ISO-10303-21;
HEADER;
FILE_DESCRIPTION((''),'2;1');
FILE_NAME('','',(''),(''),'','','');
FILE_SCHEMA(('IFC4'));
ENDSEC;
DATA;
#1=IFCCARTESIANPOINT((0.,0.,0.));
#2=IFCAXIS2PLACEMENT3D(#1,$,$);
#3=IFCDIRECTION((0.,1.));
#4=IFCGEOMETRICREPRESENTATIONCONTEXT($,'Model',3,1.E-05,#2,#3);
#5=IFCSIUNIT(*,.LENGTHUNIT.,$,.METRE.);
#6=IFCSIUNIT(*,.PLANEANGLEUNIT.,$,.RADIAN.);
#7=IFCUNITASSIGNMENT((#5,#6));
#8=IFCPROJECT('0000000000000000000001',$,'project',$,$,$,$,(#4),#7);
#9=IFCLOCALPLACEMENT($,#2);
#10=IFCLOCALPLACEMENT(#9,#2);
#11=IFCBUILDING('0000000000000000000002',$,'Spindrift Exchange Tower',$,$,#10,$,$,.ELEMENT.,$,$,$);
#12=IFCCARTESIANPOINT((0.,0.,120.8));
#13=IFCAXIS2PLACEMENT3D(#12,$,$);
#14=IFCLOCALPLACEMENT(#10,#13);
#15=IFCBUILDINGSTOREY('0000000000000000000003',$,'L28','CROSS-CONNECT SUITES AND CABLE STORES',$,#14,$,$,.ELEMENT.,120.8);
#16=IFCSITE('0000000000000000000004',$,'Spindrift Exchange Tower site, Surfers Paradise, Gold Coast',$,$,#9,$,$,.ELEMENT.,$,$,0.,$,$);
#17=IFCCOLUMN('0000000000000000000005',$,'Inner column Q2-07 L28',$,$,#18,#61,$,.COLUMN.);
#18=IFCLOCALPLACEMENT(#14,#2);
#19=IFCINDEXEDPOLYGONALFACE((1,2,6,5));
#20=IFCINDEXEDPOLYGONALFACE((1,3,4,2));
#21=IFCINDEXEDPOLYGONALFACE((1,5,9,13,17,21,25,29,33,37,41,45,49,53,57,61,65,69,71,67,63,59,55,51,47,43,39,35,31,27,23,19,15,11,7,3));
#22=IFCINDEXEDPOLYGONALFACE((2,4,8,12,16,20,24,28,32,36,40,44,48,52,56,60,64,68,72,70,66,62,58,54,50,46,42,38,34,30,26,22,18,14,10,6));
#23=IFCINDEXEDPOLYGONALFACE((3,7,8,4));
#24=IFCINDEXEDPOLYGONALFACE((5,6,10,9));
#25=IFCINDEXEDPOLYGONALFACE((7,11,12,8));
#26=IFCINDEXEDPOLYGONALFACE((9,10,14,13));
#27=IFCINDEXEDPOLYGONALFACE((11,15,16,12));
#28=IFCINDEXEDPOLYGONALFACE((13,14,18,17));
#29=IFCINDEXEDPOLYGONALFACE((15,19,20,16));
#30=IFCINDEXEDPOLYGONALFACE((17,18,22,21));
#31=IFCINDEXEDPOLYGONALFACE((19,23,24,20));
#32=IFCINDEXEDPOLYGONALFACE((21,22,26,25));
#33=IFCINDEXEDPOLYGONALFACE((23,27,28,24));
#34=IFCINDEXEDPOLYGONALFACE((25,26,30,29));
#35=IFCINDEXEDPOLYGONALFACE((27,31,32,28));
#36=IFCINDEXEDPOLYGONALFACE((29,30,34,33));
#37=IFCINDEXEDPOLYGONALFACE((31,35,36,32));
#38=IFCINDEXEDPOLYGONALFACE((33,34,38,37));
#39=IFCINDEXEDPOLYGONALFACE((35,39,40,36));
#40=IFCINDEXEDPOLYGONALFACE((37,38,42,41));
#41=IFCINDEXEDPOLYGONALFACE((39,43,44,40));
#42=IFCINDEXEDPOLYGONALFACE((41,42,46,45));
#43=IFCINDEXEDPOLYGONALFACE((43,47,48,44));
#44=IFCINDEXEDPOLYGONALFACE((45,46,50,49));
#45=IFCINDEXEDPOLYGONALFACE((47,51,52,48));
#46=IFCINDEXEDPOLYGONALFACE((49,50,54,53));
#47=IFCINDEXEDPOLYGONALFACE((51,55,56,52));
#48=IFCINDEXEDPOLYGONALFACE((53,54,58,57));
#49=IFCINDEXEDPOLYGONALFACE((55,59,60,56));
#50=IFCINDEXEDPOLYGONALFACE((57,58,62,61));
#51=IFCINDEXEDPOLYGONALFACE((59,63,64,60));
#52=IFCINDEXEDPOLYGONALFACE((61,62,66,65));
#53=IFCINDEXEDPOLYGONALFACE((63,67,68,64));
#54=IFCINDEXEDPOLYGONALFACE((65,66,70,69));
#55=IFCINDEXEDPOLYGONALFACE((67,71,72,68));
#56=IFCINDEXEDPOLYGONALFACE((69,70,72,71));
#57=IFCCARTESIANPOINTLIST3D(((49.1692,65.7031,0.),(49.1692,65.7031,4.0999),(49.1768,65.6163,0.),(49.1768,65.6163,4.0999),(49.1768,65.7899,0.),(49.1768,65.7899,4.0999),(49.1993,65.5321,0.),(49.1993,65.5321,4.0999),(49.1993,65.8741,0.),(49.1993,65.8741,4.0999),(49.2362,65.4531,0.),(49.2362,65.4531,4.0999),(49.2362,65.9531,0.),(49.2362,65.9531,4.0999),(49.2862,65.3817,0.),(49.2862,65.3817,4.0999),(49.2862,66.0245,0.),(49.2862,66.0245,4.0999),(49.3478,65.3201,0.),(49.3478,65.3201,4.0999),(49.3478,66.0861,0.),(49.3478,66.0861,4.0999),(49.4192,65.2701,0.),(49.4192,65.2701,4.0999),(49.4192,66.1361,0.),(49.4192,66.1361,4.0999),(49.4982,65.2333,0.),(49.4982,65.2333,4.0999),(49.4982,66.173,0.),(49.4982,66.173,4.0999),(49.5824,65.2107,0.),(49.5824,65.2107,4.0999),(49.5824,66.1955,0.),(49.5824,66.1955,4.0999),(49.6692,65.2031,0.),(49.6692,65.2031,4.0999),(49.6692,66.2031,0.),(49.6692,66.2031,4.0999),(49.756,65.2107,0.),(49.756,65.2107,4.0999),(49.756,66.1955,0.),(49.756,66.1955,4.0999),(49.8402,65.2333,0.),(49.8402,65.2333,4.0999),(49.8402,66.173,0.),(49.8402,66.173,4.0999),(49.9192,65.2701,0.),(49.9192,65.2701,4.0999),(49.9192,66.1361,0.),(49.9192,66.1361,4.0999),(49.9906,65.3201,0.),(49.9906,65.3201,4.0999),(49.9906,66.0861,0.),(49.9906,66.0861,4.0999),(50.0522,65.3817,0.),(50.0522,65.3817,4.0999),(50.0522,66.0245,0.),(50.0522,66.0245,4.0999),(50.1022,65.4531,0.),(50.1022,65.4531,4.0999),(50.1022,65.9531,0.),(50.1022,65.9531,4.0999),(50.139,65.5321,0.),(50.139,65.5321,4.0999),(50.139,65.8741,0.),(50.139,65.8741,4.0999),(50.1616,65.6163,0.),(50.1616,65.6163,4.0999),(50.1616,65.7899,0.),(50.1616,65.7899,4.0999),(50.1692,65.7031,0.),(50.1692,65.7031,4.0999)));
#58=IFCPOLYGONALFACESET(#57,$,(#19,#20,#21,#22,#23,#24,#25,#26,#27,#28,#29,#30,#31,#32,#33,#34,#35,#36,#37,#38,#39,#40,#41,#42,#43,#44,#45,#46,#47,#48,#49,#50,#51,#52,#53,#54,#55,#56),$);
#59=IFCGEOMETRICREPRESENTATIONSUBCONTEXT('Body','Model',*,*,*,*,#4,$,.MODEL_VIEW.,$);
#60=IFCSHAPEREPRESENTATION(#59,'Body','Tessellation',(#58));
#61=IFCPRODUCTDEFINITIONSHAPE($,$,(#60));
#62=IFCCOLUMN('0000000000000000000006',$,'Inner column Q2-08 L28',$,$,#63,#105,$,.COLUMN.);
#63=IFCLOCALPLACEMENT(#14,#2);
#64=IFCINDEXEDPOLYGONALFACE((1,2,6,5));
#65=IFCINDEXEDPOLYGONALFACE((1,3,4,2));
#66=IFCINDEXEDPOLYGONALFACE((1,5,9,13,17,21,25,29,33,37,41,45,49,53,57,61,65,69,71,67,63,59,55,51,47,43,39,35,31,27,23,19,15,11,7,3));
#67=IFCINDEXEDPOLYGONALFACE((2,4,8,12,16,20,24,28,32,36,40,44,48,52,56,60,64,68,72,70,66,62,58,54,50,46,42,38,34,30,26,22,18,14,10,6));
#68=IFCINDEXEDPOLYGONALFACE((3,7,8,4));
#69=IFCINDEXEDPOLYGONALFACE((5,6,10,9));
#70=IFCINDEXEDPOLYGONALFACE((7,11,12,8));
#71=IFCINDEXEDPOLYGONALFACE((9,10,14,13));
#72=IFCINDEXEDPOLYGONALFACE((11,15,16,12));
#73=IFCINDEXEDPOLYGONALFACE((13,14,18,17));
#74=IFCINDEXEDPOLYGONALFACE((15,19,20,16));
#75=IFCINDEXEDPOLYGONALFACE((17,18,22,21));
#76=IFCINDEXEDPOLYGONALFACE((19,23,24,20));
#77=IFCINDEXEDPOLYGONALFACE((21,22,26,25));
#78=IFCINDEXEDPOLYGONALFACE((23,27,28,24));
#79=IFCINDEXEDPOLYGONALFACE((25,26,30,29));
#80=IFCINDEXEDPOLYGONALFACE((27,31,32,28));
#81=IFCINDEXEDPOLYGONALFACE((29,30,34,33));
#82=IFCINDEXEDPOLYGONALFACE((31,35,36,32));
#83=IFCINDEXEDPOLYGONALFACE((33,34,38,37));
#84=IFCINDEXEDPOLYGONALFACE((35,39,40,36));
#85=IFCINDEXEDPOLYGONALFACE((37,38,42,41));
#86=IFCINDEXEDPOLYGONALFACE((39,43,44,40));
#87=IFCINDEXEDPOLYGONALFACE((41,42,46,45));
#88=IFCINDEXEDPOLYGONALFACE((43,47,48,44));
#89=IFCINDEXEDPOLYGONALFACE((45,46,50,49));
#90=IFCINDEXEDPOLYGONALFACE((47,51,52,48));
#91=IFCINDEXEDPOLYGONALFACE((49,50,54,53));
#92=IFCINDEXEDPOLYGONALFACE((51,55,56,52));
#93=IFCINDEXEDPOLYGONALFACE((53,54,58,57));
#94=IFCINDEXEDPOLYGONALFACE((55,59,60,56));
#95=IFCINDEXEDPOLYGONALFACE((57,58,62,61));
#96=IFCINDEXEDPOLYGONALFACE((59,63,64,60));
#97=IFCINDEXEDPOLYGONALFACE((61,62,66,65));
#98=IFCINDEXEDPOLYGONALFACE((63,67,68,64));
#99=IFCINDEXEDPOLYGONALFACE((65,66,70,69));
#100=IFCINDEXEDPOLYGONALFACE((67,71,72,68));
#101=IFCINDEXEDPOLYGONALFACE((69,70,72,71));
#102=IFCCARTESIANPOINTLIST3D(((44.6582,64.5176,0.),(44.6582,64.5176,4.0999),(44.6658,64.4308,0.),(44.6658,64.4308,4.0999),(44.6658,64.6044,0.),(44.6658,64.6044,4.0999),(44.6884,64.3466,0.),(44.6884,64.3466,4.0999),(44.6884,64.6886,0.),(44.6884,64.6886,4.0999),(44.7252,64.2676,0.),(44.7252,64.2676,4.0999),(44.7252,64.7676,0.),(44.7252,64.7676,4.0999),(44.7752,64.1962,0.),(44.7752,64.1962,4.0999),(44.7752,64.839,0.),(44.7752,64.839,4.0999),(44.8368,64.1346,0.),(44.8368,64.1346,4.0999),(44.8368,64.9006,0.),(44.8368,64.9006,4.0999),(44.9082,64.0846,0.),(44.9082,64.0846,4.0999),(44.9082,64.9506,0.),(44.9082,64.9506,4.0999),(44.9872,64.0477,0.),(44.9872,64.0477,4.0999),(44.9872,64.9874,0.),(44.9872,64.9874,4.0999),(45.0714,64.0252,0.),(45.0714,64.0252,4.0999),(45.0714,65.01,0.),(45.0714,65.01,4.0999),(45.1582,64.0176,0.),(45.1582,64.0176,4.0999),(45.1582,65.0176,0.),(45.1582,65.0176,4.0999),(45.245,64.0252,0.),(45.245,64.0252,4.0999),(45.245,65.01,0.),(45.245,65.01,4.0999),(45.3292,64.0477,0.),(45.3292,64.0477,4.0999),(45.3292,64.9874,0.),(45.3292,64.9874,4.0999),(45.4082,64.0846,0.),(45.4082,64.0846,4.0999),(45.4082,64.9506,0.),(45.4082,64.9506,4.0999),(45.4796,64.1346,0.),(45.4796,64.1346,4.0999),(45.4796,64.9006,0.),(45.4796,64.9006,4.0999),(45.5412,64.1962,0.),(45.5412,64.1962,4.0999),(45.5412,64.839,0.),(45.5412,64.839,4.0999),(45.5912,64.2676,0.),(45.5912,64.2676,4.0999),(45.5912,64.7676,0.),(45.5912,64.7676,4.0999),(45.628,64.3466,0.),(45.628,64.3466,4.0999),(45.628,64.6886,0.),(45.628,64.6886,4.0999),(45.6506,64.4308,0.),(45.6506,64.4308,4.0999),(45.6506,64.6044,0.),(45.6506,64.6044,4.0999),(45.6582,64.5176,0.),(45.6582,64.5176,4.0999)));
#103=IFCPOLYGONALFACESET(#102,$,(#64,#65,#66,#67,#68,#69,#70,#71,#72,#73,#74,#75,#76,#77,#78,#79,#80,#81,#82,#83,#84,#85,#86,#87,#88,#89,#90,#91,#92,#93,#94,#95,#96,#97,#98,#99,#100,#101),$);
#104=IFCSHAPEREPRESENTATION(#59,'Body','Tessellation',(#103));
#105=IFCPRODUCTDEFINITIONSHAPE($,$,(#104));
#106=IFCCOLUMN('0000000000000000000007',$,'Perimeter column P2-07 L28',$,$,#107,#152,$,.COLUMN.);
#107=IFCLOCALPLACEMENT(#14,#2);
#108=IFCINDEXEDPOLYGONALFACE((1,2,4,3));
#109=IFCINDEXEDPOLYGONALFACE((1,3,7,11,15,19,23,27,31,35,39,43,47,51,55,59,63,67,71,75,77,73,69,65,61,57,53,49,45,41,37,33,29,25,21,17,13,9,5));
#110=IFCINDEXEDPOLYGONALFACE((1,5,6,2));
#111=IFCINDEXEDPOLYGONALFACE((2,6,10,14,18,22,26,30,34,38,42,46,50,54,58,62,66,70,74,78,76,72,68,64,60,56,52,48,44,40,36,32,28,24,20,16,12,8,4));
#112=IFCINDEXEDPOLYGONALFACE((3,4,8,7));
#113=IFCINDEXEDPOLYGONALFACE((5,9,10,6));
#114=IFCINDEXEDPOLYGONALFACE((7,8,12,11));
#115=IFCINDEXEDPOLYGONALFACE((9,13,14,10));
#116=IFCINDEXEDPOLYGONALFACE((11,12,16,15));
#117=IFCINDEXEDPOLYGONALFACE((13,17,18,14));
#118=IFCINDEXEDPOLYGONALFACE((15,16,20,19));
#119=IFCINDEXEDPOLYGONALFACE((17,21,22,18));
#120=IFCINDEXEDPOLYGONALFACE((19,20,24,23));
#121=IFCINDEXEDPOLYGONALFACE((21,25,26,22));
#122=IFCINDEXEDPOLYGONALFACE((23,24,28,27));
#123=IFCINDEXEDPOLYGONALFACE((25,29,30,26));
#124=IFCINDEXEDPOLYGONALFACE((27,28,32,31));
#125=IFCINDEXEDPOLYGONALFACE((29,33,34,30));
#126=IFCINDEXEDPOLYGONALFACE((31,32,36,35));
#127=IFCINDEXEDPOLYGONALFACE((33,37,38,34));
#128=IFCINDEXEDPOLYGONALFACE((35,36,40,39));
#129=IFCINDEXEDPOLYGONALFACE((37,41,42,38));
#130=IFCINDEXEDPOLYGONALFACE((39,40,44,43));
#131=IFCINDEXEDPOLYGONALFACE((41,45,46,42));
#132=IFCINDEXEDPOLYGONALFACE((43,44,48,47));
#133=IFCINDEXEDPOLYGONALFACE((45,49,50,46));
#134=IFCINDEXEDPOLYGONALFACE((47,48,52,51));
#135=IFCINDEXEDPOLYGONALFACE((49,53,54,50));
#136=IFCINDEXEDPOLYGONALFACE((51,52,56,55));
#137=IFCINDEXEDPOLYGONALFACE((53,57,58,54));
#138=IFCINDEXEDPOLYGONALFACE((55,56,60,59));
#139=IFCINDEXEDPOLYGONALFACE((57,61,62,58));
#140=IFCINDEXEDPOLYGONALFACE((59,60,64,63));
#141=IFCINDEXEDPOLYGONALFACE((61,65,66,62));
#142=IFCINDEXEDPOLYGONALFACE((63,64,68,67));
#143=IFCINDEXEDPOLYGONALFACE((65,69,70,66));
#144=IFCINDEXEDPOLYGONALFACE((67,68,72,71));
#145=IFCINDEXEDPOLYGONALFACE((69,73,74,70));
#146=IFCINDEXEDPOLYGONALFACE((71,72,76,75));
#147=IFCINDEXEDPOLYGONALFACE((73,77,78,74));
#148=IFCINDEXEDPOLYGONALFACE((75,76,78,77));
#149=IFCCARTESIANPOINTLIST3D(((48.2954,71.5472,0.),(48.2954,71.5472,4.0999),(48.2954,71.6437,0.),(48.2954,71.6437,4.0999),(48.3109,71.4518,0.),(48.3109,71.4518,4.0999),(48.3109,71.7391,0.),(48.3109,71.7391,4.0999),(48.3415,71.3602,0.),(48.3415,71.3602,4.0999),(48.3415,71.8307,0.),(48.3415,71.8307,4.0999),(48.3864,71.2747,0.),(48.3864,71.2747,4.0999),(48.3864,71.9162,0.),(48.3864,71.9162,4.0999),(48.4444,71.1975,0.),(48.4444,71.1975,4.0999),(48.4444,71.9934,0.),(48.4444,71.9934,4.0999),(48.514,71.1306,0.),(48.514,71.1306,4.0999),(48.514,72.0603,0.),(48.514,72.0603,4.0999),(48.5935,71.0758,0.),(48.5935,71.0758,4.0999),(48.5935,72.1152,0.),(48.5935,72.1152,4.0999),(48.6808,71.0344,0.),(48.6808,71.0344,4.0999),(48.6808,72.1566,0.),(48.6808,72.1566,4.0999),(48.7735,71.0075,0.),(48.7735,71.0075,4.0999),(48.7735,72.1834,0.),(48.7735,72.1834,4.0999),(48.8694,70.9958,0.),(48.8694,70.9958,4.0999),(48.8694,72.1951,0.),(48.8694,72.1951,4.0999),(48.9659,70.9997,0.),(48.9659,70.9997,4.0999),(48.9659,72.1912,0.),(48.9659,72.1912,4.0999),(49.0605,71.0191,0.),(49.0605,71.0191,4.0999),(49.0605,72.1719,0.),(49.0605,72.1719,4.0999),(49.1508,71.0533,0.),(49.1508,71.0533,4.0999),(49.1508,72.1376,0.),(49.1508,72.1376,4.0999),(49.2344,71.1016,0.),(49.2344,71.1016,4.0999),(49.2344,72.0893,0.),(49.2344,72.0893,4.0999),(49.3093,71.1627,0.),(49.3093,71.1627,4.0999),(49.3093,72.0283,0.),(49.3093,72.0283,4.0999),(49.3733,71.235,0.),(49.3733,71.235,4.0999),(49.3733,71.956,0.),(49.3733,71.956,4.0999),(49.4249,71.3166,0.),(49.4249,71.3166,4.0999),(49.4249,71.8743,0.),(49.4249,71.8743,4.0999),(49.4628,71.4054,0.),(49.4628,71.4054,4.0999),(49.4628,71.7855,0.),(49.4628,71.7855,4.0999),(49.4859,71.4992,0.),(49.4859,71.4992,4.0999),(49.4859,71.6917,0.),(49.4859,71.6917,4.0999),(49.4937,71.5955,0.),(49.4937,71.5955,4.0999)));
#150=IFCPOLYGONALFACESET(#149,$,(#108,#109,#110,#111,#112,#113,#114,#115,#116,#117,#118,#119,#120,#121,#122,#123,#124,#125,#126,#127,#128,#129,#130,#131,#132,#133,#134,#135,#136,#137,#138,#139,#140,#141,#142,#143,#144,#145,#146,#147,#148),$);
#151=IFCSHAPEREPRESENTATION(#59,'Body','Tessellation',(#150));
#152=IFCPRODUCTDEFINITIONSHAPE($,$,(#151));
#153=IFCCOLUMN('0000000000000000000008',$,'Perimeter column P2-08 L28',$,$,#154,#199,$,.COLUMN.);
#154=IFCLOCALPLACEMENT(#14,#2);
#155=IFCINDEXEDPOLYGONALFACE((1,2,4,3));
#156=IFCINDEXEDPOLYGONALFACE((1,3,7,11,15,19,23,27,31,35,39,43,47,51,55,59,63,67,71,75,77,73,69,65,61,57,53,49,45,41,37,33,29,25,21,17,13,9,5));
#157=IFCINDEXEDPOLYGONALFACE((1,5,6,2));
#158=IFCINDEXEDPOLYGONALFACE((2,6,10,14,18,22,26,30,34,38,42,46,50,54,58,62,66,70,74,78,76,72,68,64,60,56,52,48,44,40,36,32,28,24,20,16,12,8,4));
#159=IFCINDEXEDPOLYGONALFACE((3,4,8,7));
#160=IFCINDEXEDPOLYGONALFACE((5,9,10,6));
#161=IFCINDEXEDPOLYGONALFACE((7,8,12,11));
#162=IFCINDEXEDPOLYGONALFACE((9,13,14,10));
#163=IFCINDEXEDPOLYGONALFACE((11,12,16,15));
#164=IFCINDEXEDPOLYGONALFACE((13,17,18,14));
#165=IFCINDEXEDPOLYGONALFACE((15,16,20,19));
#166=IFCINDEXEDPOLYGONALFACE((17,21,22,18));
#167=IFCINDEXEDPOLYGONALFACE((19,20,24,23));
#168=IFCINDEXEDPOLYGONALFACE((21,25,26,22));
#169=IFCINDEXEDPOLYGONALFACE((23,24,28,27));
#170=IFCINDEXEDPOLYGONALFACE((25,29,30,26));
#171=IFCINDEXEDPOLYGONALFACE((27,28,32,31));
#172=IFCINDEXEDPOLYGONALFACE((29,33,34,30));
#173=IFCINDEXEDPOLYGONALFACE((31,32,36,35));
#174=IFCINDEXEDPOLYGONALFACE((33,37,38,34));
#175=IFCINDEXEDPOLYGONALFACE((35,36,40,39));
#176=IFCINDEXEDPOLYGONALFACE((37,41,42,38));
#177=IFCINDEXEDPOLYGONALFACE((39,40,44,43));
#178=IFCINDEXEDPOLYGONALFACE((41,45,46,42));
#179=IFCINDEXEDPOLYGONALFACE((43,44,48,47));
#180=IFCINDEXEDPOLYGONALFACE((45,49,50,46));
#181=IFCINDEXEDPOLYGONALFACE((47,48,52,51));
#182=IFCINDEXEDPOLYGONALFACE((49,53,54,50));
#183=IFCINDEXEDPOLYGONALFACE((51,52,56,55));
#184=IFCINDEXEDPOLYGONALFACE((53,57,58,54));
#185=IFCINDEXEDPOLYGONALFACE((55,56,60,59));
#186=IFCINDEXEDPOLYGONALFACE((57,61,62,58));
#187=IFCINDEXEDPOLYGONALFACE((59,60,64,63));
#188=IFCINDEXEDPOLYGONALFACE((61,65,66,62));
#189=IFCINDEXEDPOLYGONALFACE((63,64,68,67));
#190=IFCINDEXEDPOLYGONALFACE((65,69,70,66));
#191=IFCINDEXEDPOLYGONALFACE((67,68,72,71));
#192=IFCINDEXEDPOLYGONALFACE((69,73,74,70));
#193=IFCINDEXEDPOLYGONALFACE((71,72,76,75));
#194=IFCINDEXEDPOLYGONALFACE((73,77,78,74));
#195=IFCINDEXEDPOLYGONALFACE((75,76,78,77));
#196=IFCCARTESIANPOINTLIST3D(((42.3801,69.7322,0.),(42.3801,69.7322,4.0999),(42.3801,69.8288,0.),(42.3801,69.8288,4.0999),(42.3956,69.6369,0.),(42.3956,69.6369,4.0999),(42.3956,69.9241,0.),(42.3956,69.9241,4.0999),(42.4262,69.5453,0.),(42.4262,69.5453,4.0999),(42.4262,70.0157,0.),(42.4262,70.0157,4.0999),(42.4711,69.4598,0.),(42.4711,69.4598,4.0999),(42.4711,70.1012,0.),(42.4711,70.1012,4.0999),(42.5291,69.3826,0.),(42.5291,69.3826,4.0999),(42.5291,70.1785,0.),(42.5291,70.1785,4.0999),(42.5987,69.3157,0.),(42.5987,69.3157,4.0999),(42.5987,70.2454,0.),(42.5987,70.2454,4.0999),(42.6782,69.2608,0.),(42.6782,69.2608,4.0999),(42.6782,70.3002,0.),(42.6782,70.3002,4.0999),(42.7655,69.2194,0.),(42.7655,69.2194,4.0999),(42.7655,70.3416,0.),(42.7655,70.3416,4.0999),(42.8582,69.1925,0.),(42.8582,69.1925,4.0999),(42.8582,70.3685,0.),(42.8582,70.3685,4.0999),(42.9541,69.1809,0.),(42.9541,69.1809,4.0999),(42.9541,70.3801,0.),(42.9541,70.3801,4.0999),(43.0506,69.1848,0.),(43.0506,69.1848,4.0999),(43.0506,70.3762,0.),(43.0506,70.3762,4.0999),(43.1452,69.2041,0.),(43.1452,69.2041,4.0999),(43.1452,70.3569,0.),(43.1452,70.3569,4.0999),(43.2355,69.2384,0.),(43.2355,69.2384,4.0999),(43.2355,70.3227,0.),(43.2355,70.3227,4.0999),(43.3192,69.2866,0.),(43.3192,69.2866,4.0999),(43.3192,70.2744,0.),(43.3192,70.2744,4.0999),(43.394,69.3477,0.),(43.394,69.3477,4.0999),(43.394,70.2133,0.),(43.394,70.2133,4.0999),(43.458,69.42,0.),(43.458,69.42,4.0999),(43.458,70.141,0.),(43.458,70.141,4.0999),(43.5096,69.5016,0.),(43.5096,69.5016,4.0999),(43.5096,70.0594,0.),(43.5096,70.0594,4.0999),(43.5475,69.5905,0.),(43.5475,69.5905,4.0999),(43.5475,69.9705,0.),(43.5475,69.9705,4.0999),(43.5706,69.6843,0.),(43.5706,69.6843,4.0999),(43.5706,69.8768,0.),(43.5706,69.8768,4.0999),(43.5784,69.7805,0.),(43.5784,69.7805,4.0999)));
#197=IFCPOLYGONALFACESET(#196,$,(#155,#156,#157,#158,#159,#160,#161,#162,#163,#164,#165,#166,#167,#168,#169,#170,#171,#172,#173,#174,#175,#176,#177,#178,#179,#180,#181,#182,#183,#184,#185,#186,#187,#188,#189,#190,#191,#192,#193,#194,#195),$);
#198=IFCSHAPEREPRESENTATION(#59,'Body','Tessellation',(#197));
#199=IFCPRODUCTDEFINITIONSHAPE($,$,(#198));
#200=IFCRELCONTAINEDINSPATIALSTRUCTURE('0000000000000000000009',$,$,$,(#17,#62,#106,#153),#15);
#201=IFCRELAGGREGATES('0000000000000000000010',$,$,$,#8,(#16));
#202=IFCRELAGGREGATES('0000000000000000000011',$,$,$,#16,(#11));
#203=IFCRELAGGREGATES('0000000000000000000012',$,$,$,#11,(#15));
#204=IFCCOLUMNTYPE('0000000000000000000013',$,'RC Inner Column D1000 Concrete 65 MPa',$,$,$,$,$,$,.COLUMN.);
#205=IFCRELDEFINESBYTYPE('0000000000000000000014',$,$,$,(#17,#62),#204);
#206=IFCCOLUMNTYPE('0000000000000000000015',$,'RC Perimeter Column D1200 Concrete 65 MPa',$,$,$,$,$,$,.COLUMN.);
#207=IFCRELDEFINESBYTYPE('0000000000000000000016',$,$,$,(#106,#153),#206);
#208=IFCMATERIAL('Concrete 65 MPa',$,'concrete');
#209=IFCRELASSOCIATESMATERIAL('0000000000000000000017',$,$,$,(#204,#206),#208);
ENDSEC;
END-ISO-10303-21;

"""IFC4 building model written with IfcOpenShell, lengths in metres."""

from ifc_helpers import new_model, si_unit, direction, frame, origin, origin_2d, place, context, subcontext, project, spatial, circle, extrude, source, transform, mapped, material, material_profile, profile_set, type_object, element, save


model = new_model("IFC4")

# Units and contexts
model_context = context("Model", 3, precision=1e-05, world=origin(), true_north=direction((0.0, 1.0)))
body_context = subcontext(model_context, "Body", "Model", "MODEL_VIEW")
ifc_project = project(units=[si_unit("LENGTHUNIT", "METRE"), si_unit("PLANEANGLEUNIT", "RADIAN")], contexts=[model_context])

# Site, building, storey
site_placement = place(None, origin())
site = spatial("IfcSite", under=ifc_project, at=site_placement, Name="Spindrift Exchange Tower site, Surfers Paradise, Gold Coast", CompositionType="ELEMENT", RefElevation=0.0)
building_placement = place(site_placement, origin())
building = spatial("IfcBuilding", under=site, at=building_placement, Name="Spindrift Exchange Tower", CompositionType="ELEMENT")
storey_placement = place(building_placement, frame((0.0, 0.0, 120.8)))
storey = spatial("IfcBuildingStorey", under=building, at=storey_placement, Name="L28", Description="CROSS-CONNECT SUITES AND CABLE STORES", CompositionType="ELEMENT", Elevation=120.8)

# Columns
ifc_material_1 = material(Name="Concrete 65 MPa", Category="concrete")
ifc_material_profile_1 = material_profile(ifc_material_1, circle(Radius=0.5, at=origin_2d()), Name="RC D1000")
ifc_profile_set_1 = profile_set([ifc_material_profile_1], Name="Concrete 65 MPa")
column_type_1 = type_object("IfcColumnType", Name="RC Inner Column D1000 Concrete 65 MPa", PredefinedType="COLUMN", material=ifc_profile_set_1)
shared_shape_1 = source(origin(), body_context, "Body", "SweptSolid", [
    extrude(circle(Radius=0.5, at=origin_2d()), origin(), (0.0, 0.0, 1.0), 4.0999),
])
for number, where, z_axis, x_axis, name in (
    (1, (49.6692, 65.7031, 0.0), (0.0, 0.0, 1.0), (1.0, 0.0, 0.0), "Inner column Q2-07 L28"),
    (2, (45.1582, 64.5176, 0.0), (0.0, 0.0, 1.0), (1.0, 0.0, 0.0), "Inner column Q2-08 L28"),
):
    element("IfcColumn", number, at=place(storey_placement, frame(where, z_axis=z_axis, x_axis=x_axis)), inside=storey, type_object=column_type_1, Name=name, PredefinedType="COLUMN", context=body_context, shape_type="MappedRepresentation", body=[
        mapped(shared_shape_1, transform((0.0, 0.0, 0.0), scale=1.0)),
    ])
ifc_material_profile_2 = material_profile(ifc_material_1, circle(Radius=0.6001, at=origin_2d()), Name="RC D1200")
ifc_profile_set_2 = profile_set([ifc_material_profile_2], Name="Concrete 65 MPa")
column_type_2 = type_object("IfcColumnType", Name="RC Perimeter Column D1200 Concrete 65 MPa", PredefinedType="COLUMN", material=ifc_profile_set_2)
shared_shape_2 = source(origin(), body_context, "Body", "SweptSolid", [
    extrude(circle(Radius=0.6001, at=origin_2d()), origin(), (0.0, 0.0, 1.0), 4.0999),
])
for number, where, z_axis, x_axis, name in (
    (3, (48.8936, 71.5955, 0.0), (0.0, 0.0, 1.0), (1.0, 0.0, 0.0), "Perimeter column P2-07 L28"),
    (4, (42.9783, 69.7805, 0.0), (0.0, 0.0, 1.0), (1.0, 0.0, 0.0), "Perimeter column P2-08 L28"),
):
    element("IfcColumn", number, at=place(storey_placement, frame(where, z_axis=z_axis, x_axis=x_axis)), inside=storey, type_object=column_type_2, Name=name, PredefinedType="COLUMN", context=body_context, shape_type="MappedRepresentation", body=[
        mapped(shared_shape_2, transform((0.0, 0.0, 0.0), scale=1.0)),
    ])

save(model, "model.ifc")
